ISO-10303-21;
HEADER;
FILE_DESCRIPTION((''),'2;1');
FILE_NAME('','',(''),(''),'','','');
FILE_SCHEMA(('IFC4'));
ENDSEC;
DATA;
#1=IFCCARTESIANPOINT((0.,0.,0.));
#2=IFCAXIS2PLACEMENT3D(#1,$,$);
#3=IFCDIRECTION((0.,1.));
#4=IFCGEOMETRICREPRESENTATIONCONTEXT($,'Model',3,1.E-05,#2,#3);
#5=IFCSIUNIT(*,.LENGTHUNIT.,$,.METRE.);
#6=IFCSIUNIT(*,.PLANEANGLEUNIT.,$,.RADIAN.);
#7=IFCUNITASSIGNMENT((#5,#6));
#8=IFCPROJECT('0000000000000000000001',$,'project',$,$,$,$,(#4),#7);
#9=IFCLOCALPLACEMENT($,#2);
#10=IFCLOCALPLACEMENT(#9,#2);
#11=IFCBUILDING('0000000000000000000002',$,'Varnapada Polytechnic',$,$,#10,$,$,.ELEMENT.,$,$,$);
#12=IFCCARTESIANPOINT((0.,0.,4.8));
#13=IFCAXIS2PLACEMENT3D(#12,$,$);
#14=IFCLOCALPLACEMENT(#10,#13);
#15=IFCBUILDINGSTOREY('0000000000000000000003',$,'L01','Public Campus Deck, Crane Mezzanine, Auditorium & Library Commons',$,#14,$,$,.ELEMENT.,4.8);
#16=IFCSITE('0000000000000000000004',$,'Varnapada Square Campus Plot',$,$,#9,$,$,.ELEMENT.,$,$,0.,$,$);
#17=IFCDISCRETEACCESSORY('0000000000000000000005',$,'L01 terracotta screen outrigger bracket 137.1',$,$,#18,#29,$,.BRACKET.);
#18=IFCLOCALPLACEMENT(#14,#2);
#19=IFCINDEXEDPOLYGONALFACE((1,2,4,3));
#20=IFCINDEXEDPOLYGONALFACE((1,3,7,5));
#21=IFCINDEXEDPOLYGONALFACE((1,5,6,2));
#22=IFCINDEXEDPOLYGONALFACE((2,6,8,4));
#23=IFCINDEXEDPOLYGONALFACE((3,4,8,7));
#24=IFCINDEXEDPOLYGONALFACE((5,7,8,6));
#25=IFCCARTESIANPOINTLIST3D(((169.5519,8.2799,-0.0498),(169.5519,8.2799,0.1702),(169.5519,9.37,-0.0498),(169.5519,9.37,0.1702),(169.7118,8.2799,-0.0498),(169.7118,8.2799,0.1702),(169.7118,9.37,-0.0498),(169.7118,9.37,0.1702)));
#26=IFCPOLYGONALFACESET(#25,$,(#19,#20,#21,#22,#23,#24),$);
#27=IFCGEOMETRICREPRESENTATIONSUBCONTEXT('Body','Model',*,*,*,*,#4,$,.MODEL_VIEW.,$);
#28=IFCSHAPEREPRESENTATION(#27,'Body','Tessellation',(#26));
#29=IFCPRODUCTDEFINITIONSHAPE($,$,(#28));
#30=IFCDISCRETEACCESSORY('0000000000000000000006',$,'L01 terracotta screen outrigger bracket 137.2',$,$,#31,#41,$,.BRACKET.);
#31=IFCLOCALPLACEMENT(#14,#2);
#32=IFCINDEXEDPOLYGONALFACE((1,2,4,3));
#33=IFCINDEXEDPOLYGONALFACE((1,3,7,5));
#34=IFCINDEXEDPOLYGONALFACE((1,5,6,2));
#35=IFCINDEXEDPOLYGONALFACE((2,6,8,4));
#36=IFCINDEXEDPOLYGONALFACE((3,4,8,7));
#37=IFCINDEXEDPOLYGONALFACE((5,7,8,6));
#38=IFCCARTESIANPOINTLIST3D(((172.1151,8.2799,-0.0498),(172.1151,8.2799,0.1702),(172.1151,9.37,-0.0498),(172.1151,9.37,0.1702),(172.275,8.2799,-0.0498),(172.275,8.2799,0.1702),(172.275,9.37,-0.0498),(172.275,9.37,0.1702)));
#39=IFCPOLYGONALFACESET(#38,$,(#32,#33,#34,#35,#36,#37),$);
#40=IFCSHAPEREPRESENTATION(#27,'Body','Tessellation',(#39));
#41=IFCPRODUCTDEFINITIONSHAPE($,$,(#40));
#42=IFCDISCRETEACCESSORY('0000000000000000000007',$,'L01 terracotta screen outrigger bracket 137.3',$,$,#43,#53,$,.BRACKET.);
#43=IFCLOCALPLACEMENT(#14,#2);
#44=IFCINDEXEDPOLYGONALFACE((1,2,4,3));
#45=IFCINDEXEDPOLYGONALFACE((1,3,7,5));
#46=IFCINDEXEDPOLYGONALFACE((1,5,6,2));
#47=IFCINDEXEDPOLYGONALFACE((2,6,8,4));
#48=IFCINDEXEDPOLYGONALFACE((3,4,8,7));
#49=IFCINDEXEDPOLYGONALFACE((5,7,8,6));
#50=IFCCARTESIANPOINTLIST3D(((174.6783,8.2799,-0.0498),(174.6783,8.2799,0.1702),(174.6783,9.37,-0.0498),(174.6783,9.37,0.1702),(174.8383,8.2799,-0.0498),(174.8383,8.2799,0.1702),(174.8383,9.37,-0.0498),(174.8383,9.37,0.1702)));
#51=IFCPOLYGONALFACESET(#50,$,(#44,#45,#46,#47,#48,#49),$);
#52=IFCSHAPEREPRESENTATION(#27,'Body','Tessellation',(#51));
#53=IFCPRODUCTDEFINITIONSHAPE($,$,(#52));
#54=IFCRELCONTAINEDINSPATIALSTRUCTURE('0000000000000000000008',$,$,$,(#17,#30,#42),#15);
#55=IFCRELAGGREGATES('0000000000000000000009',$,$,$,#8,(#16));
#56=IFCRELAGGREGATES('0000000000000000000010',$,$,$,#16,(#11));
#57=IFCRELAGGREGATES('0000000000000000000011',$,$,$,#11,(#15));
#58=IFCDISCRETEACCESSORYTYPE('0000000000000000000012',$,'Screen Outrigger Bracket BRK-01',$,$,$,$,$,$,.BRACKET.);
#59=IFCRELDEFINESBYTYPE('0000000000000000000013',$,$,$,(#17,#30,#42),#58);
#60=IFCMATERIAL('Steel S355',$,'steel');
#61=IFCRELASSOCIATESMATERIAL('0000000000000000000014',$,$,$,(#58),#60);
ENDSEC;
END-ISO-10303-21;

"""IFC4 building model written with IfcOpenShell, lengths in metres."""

from ifc_helpers import new_model, si_unit, direction, frame, origin, origin_2d, place, context, subcontext, project, spatial, rectangle, extrude, material, type_object, element, save


model = new_model("IFC4")

# Units and contexts
model_context = context("Model", 3, precision=1e-05, world=origin(), true_north=direction((0.0, 1.0)))
body_context = subcontext(model_context, "Body", "Model", "MODEL_VIEW")
ifc_project = project(units=[si_unit("LENGTHUNIT", "METRE"), si_unit("PLANEANGLEUNIT", "RADIAN")], contexts=[model_context])

# Site, building, storey
site_placement = place(None, origin())
site = spatial("IfcSite", under=ifc_project, at=site_placement, Name="Varnapada Square Campus Plot", CompositionType="ELEMENT", RefElevation=0.0)
building_placement = place(site_placement, origin())
building = spatial("IfcBuilding", under=site, at=building_placement, Name="Varnapada Polytechnic", CompositionType="ELEMENT")
storey_placement = place(building_placement, frame((0.0, 0.0, 4.8)))
storey = spatial("IfcBuildingStorey", under=building, at=storey_placement, Name="L01", Description="Public Campus Deck, Crane Mezzanine, Auditorium & Library Commons", CompositionType="ELEMENT", Elevation=4.8)

# Shared definitions
ifc_material_1 = material(Name="Steel S355", Category="steel")

# Discrete accessories
discrete_accessory_type = type_object("IfcDiscreteAccessoryType", Name="Screen Outrigger Bracket BRK-01", PredefinedType="BRACKET", material=ifc_material_1)
for number, where, z_axis, x_axis, name in (
    (1, (169.6318, 8.825, -0.0498), (0.0, 0.0, 1.0), (1.0, 0.0, 0.0), "L01 terracotta screen outrigger bracket 137.1"),
    (2, (172.1951, 8.825, -0.0498), (0.0, 0.0, 1.0), (1.0, 0.0, 0.0), "L01 terracotta screen outrigger bracket 137.2"),
    (3, (174.7583, 8.825, -0.0498), (0.0, 0.0, 1.0), (1.0, 0.0, 0.0), "L01 terracotta screen outrigger bracket 137.3"),
):
    element("IfcDiscreteAccessory", number, at=place(storey_placement, frame(where, z_axis=z_axis, x_axis=x_axis)), inside=storey, type_object=discrete_accessory_type, Name=name, PredefinedType="BRACKET", context=body_context, shape_type="SweptSolid", body=[
        extrude(rectangle(XDim=0.1599, YDim=1.0901, at=origin_2d()), origin(), (0.0, 0.0, 1.0), 0.22),
    ])

save(model, "model.ifc")
